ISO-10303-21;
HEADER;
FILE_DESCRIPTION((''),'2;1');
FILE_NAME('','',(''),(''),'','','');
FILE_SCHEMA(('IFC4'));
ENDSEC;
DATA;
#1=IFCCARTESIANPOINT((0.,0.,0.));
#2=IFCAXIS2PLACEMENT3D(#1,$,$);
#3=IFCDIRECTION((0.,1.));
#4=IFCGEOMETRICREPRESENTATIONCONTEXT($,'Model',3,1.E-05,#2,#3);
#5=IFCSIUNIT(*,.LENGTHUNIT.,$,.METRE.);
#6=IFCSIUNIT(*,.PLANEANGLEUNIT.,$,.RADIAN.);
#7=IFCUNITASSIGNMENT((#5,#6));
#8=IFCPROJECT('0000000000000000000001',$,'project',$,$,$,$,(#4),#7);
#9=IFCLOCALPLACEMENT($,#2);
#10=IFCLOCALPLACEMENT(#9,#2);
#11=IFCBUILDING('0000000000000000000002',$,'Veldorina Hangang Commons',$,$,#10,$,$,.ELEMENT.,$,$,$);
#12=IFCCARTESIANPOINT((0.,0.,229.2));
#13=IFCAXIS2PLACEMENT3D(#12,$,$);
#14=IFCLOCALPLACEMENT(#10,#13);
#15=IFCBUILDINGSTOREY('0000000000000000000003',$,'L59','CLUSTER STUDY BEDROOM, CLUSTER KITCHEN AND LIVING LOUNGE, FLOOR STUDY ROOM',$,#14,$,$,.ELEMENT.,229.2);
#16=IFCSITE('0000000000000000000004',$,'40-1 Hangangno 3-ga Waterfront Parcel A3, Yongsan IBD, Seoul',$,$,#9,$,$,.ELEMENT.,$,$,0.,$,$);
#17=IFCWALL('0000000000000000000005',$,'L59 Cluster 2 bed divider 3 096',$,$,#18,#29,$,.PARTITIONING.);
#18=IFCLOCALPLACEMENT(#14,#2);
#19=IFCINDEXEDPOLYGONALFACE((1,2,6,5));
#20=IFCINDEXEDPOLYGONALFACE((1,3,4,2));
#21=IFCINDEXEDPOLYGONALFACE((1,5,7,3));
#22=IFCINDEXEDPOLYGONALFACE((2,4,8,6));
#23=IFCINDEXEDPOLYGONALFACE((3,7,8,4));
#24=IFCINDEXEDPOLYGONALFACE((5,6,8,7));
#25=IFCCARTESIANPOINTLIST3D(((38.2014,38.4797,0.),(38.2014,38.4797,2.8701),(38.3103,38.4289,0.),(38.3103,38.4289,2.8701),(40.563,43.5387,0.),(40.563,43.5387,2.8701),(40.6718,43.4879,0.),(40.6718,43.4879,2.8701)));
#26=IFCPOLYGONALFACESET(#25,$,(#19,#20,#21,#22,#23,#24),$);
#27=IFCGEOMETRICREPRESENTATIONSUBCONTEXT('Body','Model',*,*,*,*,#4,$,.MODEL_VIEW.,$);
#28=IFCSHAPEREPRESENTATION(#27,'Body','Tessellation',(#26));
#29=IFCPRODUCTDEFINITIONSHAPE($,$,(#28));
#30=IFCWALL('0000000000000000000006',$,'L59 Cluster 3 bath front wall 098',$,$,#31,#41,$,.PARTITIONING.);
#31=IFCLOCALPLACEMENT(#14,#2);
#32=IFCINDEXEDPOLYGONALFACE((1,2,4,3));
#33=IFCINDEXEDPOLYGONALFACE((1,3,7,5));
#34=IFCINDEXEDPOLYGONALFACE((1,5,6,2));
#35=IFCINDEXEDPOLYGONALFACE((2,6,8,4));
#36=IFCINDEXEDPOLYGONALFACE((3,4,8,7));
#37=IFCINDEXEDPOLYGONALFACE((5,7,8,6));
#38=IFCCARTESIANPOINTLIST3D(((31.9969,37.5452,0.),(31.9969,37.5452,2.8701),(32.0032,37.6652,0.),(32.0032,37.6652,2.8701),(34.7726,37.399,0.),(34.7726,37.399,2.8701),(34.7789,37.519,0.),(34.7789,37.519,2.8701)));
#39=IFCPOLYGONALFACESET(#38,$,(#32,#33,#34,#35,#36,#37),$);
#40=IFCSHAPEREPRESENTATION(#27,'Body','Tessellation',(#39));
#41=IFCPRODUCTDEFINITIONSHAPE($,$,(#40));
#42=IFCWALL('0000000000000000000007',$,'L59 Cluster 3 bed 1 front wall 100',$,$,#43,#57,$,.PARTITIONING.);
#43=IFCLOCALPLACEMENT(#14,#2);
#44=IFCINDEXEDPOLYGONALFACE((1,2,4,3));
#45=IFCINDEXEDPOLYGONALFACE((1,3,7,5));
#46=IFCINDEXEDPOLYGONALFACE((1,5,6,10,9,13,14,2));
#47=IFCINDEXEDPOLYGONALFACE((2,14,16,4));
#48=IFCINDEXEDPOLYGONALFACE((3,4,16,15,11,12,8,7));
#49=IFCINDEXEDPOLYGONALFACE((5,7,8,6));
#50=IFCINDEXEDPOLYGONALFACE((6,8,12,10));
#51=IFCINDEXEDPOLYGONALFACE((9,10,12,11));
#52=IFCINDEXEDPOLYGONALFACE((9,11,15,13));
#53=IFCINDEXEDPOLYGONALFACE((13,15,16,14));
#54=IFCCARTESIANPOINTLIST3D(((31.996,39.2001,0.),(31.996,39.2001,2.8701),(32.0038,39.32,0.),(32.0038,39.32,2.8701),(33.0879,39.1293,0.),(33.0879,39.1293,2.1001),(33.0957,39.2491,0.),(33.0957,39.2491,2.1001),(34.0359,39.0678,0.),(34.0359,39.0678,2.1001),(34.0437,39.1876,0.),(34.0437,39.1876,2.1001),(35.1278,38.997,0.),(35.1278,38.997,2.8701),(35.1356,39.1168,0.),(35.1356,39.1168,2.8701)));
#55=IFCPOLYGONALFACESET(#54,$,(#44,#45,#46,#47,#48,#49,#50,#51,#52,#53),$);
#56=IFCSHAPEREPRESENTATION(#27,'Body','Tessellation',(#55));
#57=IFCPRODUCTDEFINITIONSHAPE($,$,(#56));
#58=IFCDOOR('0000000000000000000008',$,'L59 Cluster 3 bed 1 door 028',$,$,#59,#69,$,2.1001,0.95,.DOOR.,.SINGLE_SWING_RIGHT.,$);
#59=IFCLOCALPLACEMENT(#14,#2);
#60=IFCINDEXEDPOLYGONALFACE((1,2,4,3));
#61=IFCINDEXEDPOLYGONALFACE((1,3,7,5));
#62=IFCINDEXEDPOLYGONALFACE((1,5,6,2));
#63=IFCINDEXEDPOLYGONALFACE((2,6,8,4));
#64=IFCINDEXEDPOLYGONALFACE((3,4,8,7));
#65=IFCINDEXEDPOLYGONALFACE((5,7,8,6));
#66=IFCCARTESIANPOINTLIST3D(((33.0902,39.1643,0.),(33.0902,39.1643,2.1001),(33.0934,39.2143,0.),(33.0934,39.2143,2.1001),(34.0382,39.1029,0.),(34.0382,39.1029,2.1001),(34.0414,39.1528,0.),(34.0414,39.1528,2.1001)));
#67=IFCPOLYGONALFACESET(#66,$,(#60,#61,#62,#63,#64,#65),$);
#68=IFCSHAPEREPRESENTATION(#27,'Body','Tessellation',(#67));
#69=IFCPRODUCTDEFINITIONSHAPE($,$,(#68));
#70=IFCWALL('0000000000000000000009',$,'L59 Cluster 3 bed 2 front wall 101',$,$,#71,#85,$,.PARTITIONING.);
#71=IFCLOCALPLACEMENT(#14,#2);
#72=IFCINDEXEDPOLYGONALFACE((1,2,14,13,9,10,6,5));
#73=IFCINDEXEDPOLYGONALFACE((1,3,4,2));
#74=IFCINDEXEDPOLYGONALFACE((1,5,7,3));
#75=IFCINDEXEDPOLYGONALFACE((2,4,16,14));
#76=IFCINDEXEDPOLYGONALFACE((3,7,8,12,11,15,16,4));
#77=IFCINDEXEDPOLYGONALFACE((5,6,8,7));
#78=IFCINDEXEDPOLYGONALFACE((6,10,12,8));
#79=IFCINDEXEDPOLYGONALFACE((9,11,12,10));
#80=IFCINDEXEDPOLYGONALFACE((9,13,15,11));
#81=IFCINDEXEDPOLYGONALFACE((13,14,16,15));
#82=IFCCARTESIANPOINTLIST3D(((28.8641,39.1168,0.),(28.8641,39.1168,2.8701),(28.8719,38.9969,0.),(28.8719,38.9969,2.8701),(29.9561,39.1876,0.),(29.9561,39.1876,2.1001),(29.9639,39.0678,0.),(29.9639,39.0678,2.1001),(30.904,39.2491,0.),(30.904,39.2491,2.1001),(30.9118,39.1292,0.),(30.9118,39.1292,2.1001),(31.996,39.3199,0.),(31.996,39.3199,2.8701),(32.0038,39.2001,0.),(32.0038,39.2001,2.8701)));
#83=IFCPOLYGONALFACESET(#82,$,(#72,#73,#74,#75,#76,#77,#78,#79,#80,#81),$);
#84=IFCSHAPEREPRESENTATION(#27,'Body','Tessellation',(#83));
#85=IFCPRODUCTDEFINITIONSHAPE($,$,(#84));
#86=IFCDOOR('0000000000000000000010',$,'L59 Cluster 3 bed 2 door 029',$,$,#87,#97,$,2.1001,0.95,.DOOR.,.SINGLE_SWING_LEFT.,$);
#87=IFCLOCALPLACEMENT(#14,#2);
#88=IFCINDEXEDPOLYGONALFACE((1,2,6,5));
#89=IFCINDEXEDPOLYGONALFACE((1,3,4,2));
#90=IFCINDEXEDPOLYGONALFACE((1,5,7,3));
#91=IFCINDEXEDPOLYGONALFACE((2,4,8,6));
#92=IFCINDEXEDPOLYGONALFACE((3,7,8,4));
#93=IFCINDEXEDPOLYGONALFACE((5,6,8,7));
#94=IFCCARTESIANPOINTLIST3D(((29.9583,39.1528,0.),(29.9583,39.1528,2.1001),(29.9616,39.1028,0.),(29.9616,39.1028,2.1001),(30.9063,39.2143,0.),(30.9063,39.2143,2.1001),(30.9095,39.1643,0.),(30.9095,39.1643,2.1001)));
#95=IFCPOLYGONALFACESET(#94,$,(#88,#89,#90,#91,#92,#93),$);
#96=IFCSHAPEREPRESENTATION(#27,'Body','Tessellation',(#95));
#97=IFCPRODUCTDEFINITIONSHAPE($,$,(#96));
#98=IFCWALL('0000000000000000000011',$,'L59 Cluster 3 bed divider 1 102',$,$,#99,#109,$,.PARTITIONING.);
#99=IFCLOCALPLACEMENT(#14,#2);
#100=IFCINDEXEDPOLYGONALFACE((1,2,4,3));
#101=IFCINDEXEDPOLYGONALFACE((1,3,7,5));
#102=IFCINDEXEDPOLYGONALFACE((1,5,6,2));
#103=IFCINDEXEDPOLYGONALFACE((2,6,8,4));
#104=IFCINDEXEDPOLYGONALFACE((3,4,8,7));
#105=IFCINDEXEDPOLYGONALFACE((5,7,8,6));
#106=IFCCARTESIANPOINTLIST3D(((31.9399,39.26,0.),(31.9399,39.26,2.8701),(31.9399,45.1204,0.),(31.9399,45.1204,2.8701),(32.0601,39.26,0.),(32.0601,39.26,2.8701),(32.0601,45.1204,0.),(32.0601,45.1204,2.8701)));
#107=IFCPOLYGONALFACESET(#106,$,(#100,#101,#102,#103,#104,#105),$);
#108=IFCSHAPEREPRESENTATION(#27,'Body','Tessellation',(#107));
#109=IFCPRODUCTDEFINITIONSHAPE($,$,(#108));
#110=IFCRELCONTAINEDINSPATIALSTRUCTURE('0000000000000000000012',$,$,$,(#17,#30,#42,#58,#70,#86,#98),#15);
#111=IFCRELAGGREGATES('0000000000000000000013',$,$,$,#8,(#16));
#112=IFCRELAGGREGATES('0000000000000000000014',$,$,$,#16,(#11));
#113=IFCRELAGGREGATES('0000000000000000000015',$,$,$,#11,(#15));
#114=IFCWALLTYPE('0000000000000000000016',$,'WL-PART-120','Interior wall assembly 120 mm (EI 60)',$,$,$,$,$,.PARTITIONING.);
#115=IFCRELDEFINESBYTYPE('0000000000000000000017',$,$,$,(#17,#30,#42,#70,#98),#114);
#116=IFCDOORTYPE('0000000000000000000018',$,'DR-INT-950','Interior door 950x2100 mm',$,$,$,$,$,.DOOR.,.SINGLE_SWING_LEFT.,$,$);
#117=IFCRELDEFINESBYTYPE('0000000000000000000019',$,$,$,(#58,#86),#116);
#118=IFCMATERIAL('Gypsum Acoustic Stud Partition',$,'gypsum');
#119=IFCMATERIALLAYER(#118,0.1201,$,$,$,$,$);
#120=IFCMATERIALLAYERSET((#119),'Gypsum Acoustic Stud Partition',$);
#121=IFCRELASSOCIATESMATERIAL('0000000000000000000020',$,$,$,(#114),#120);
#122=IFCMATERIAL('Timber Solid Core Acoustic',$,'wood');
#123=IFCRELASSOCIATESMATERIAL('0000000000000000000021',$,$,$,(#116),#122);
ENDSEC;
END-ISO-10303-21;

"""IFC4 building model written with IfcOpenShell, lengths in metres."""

from ifc_helpers import new_model, si_unit, direction, frame, frame_2d, origin, place, context, subcontext, project, spatial, rectangle, extrude, material, layer, layer_set, type_object, element, fill, save


model = new_model("IFC4")

# Units and contexts
model_context = context("Model", 3, precision=1e-05, world=origin(), true_north=direction((0.0, 1.0)))
body_context = subcontext(model_context, "Body", "Model", "MODEL_VIEW")
ifc_project = project(units=[si_unit("LENGTHUNIT", "METRE"), si_unit("PLANEANGLEUNIT", "RADIAN")], contexts=[model_context])

# Site, building, storey
site_placement = place(None, origin())
site = spatial("IfcSite", under=ifc_project, at=site_placement, Name="40-1 Hangangno 3-ga Waterfront Parcel A3, Yongsan IBD, Seoul", CompositionType="ELEMENT", RefElevation=0.0)
building_placement = place(site_placement, origin())
building = spatial("IfcBuilding", under=site, at=building_placement, Name="Veldorina Hangang Commons", CompositionType="ELEMENT")
storey_placement = place(building_placement, frame((0.0, 0.0, 229.2)))
storey = spatial("IfcBuildingStorey", under=building, at=storey_placement, Name="L59", Description="CLUSTER STUDY BEDROOM, CLUSTER KITCHEN AND LIVING LOUNGE, FLOOR STUDY ROOM", CompositionType="ELEMENT", Elevation=229.2)

# Shared definitions
ifc_material_1 = material(Name="Gypsum Acoustic Stud Partition", Category="gypsum")
ifc_layer_1 = layer(ifc_material_1, 0.1201)
ifc_layer_set_1 = layer_set([ifc_layer_1], Name="Gypsum Acoustic Stud Partition")
wall_type_1 = type_object("IfcWallType", Name="WL-PART-120", Description="Interior wall assembly 120 mm (EI 60)", PredefinedType="PARTITIONING", material=ifc_layer_set_1)
ifc_material_2 = material(Name="Timber Solid Core Acoustic", Category="wood")
door_type = type_object("IfcDoorType", Name="DR-INT-950", Description="Interior door 950x2100 mm", OperationType="SINGLE_SWING_LEFT", PredefinedType="DOOR", material=ifc_material_2)

# Walls
wall_1_placement = place(storey_placement, frame((38.2559, 38.4543, 0.0), z_axis=(0.0, 0.0, 1.0), x_axis=(0.422984, 0.906137, 0.0)))
element("IfcWall", 1, at=wall_1_placement, inside=storey, type_object=wall_type_1, Name="L59 Cluster 2 bed divider 3 096", PredefinedType="PARTITIONING", context=body_context, shape_type="SweptSolid", body=[
    extrude(rectangle(XDim=5.583, YDim=0.1201, at=frame_2d((2.7915, 0.0))), origin(), (0.0, 0.0, 1.0), 2.8701),
])
wall_2_placement = place(storey_placement, frame((34.7756, 37.459, 0.0), z_axis=(0.0, 0.0, 1.0), x_axis=(-0.998615, 0.052614, 0.0)))
element("IfcWall", 2, at=wall_2_placement, inside=storey, type_object=wall_type_1, Name="L59 Cluster 3 bath front wall 098", PredefinedType="PARTITIONING", context=body_context, shape_type="SweptSolid", body=[
    extrude(rectangle(XDim=2.7795, YDim=0.1201, at=frame_2d((1.3896, 0.0))), origin(), (0.0, 0.0, 1.0), 2.8701),
])

# Walls, openings, doors
wall_3_placement = place(storey_placement, frame((35.1318, 39.0569, 0.0), z_axis=(0.0, 0.0, 1.0), x_axis=(-0.997903, 0.064722, 0.0)))
wall_3 = element("IfcWall", 3, at=wall_3_placement, inside=storey, type_object=wall_type_1, Name="L59 Cluster 3 bed 1 front wall 100", PredefinedType="PARTITIONING", context=body_context, shape_type="SweptSolid", body=[
    extrude(rectangle(XDim=3.1384, YDim=0.1201, at=frame_2d((1.5693, 0.0))), origin(), (0.0, 0.0, 1.0), 2.8701),
])
opening_1_placement = place(wall_3_placement, frame((1.0942, 0.0, 0.0)))
opening_1 = element("IfcOpeningElement", 4, at=opening_1_placement, cuts=wall_3, PredefinedType="OPENING", context=body_context, shape_type="SweptSolid", body=[
    extrude(rectangle(XDim=0.95, YDim=2.1001, at=frame_2d((0.4751, 1.05))), frame((0.0, 0.0701, 0.0), z_axis=(0.0, -1.0, 0.0), x_axis=(1.0, 0.0, 0.0)), (0.0, 0.0, 1.0), 0.1401),
])
door_1_placement = place(opening_1_placement, origin())
door_1 = element("IfcDoor", 5, at=door_1_placement, inside=storey, type_object=door_type, Name="L59 Cluster 3 bed 1 door 028", OperationType="SINGLE_SWING_RIGHT", OverallHeight=2.1001, OverallWidth=0.95, PredefinedType="DOOR", context=body_context, shape_type="SweptSolid", body=[
    extrude(rectangle(XDim=0.95, YDim=2.1001, at=frame_2d((0.4751, 1.05))), frame((0.0, 0.0249, 0.0), z_axis=(0.0, -1.0, 0.0), x_axis=(1.0, 0.0, 0.0)), (0.0, 0.0, 1.0), 0.05),
])
fill(opening_1, door_1)
wall_4_placement = place(storey_placement, frame((32.0, 39.26, 0.0), z_axis=(0.0, 0.0, 1.0), x_axis=(-0.997903, -0.064722, 0.0)))
wall_4 = element("IfcWall", 6, at=wall_4_placement, inside=storey, type_object=wall_type_1, Name="L59 Cluster 3 bed 2 front wall 101", PredefinedType="PARTITIONING", context=body_context, shape_type="SweptSolid", body=[
    extrude(rectangle(XDim=3.1384, YDim=0.1201, at=frame_2d((1.5693, 0.0))), origin(), (0.0, 0.0, 1.0), 2.8701),
])
opening_2_placement = place(wall_4_placement, frame((1.0942, 0.0, 0.0)))
opening_2 = element("IfcOpeningElement", 7, at=opening_2_placement, cuts=wall_4, PredefinedType="OPENING", context=body_context, shape_type="SweptSolid", body=[
    extrude(rectangle(XDim=0.95, YDim=2.1001, at=frame_2d((0.4751, 1.05))), frame((0.0, 0.0701, 0.0), z_axis=(0.0, -1.0, 0.0), x_axis=(1.0, 0.0, 0.0)), (0.0, 0.0, 1.0), 0.1401),
])
door_2_placement = place(opening_2_placement, origin())
door_2 = element("IfcDoor", 8, at=door_2_placement, inside=storey, type_object=door_type, Name="L59 Cluster 3 bed 2 door 029", OperationType="SINGLE_SWING_LEFT", OverallHeight=2.1001, OverallWidth=0.95, PredefinedType="DOOR", context=body_context, shape_type="SweptSolid", body=[
    extrude(rectangle(XDim=0.95, YDim=2.1001, at=frame_2d((0.4751, 1.05))), frame((0.0, 0.0249, 0.0), z_axis=(0.0, -1.0, 0.0), x_axis=(1.0, 0.0, 0.0)), (0.0, 0.0, 1.0), 0.05),
])
fill(opening_2, door_2)

# Wall
wall_5_placement = place(storey_placement, frame((32.0, 39.26, 0.0), z_axis=(0.0, 0.0, 1.0), x_axis=(0.0, 1.0, 0.0)))
element("IfcWall", 9, at=wall_5_placement, inside=storey, type_object=wall_type_1, Name="L59 Cluster 3 bed divider 1 102", PredefinedType="PARTITIONING", context=body_context, shape_type="SweptSolid", body=[
    extrude(rectangle(XDim=5.8604, YDim=0.1201, at=frame_2d((2.9302, 0.0))), origin(), (0.0, 0.0, 1.0), 2.8701),
])

save(model, "model.ifc")
